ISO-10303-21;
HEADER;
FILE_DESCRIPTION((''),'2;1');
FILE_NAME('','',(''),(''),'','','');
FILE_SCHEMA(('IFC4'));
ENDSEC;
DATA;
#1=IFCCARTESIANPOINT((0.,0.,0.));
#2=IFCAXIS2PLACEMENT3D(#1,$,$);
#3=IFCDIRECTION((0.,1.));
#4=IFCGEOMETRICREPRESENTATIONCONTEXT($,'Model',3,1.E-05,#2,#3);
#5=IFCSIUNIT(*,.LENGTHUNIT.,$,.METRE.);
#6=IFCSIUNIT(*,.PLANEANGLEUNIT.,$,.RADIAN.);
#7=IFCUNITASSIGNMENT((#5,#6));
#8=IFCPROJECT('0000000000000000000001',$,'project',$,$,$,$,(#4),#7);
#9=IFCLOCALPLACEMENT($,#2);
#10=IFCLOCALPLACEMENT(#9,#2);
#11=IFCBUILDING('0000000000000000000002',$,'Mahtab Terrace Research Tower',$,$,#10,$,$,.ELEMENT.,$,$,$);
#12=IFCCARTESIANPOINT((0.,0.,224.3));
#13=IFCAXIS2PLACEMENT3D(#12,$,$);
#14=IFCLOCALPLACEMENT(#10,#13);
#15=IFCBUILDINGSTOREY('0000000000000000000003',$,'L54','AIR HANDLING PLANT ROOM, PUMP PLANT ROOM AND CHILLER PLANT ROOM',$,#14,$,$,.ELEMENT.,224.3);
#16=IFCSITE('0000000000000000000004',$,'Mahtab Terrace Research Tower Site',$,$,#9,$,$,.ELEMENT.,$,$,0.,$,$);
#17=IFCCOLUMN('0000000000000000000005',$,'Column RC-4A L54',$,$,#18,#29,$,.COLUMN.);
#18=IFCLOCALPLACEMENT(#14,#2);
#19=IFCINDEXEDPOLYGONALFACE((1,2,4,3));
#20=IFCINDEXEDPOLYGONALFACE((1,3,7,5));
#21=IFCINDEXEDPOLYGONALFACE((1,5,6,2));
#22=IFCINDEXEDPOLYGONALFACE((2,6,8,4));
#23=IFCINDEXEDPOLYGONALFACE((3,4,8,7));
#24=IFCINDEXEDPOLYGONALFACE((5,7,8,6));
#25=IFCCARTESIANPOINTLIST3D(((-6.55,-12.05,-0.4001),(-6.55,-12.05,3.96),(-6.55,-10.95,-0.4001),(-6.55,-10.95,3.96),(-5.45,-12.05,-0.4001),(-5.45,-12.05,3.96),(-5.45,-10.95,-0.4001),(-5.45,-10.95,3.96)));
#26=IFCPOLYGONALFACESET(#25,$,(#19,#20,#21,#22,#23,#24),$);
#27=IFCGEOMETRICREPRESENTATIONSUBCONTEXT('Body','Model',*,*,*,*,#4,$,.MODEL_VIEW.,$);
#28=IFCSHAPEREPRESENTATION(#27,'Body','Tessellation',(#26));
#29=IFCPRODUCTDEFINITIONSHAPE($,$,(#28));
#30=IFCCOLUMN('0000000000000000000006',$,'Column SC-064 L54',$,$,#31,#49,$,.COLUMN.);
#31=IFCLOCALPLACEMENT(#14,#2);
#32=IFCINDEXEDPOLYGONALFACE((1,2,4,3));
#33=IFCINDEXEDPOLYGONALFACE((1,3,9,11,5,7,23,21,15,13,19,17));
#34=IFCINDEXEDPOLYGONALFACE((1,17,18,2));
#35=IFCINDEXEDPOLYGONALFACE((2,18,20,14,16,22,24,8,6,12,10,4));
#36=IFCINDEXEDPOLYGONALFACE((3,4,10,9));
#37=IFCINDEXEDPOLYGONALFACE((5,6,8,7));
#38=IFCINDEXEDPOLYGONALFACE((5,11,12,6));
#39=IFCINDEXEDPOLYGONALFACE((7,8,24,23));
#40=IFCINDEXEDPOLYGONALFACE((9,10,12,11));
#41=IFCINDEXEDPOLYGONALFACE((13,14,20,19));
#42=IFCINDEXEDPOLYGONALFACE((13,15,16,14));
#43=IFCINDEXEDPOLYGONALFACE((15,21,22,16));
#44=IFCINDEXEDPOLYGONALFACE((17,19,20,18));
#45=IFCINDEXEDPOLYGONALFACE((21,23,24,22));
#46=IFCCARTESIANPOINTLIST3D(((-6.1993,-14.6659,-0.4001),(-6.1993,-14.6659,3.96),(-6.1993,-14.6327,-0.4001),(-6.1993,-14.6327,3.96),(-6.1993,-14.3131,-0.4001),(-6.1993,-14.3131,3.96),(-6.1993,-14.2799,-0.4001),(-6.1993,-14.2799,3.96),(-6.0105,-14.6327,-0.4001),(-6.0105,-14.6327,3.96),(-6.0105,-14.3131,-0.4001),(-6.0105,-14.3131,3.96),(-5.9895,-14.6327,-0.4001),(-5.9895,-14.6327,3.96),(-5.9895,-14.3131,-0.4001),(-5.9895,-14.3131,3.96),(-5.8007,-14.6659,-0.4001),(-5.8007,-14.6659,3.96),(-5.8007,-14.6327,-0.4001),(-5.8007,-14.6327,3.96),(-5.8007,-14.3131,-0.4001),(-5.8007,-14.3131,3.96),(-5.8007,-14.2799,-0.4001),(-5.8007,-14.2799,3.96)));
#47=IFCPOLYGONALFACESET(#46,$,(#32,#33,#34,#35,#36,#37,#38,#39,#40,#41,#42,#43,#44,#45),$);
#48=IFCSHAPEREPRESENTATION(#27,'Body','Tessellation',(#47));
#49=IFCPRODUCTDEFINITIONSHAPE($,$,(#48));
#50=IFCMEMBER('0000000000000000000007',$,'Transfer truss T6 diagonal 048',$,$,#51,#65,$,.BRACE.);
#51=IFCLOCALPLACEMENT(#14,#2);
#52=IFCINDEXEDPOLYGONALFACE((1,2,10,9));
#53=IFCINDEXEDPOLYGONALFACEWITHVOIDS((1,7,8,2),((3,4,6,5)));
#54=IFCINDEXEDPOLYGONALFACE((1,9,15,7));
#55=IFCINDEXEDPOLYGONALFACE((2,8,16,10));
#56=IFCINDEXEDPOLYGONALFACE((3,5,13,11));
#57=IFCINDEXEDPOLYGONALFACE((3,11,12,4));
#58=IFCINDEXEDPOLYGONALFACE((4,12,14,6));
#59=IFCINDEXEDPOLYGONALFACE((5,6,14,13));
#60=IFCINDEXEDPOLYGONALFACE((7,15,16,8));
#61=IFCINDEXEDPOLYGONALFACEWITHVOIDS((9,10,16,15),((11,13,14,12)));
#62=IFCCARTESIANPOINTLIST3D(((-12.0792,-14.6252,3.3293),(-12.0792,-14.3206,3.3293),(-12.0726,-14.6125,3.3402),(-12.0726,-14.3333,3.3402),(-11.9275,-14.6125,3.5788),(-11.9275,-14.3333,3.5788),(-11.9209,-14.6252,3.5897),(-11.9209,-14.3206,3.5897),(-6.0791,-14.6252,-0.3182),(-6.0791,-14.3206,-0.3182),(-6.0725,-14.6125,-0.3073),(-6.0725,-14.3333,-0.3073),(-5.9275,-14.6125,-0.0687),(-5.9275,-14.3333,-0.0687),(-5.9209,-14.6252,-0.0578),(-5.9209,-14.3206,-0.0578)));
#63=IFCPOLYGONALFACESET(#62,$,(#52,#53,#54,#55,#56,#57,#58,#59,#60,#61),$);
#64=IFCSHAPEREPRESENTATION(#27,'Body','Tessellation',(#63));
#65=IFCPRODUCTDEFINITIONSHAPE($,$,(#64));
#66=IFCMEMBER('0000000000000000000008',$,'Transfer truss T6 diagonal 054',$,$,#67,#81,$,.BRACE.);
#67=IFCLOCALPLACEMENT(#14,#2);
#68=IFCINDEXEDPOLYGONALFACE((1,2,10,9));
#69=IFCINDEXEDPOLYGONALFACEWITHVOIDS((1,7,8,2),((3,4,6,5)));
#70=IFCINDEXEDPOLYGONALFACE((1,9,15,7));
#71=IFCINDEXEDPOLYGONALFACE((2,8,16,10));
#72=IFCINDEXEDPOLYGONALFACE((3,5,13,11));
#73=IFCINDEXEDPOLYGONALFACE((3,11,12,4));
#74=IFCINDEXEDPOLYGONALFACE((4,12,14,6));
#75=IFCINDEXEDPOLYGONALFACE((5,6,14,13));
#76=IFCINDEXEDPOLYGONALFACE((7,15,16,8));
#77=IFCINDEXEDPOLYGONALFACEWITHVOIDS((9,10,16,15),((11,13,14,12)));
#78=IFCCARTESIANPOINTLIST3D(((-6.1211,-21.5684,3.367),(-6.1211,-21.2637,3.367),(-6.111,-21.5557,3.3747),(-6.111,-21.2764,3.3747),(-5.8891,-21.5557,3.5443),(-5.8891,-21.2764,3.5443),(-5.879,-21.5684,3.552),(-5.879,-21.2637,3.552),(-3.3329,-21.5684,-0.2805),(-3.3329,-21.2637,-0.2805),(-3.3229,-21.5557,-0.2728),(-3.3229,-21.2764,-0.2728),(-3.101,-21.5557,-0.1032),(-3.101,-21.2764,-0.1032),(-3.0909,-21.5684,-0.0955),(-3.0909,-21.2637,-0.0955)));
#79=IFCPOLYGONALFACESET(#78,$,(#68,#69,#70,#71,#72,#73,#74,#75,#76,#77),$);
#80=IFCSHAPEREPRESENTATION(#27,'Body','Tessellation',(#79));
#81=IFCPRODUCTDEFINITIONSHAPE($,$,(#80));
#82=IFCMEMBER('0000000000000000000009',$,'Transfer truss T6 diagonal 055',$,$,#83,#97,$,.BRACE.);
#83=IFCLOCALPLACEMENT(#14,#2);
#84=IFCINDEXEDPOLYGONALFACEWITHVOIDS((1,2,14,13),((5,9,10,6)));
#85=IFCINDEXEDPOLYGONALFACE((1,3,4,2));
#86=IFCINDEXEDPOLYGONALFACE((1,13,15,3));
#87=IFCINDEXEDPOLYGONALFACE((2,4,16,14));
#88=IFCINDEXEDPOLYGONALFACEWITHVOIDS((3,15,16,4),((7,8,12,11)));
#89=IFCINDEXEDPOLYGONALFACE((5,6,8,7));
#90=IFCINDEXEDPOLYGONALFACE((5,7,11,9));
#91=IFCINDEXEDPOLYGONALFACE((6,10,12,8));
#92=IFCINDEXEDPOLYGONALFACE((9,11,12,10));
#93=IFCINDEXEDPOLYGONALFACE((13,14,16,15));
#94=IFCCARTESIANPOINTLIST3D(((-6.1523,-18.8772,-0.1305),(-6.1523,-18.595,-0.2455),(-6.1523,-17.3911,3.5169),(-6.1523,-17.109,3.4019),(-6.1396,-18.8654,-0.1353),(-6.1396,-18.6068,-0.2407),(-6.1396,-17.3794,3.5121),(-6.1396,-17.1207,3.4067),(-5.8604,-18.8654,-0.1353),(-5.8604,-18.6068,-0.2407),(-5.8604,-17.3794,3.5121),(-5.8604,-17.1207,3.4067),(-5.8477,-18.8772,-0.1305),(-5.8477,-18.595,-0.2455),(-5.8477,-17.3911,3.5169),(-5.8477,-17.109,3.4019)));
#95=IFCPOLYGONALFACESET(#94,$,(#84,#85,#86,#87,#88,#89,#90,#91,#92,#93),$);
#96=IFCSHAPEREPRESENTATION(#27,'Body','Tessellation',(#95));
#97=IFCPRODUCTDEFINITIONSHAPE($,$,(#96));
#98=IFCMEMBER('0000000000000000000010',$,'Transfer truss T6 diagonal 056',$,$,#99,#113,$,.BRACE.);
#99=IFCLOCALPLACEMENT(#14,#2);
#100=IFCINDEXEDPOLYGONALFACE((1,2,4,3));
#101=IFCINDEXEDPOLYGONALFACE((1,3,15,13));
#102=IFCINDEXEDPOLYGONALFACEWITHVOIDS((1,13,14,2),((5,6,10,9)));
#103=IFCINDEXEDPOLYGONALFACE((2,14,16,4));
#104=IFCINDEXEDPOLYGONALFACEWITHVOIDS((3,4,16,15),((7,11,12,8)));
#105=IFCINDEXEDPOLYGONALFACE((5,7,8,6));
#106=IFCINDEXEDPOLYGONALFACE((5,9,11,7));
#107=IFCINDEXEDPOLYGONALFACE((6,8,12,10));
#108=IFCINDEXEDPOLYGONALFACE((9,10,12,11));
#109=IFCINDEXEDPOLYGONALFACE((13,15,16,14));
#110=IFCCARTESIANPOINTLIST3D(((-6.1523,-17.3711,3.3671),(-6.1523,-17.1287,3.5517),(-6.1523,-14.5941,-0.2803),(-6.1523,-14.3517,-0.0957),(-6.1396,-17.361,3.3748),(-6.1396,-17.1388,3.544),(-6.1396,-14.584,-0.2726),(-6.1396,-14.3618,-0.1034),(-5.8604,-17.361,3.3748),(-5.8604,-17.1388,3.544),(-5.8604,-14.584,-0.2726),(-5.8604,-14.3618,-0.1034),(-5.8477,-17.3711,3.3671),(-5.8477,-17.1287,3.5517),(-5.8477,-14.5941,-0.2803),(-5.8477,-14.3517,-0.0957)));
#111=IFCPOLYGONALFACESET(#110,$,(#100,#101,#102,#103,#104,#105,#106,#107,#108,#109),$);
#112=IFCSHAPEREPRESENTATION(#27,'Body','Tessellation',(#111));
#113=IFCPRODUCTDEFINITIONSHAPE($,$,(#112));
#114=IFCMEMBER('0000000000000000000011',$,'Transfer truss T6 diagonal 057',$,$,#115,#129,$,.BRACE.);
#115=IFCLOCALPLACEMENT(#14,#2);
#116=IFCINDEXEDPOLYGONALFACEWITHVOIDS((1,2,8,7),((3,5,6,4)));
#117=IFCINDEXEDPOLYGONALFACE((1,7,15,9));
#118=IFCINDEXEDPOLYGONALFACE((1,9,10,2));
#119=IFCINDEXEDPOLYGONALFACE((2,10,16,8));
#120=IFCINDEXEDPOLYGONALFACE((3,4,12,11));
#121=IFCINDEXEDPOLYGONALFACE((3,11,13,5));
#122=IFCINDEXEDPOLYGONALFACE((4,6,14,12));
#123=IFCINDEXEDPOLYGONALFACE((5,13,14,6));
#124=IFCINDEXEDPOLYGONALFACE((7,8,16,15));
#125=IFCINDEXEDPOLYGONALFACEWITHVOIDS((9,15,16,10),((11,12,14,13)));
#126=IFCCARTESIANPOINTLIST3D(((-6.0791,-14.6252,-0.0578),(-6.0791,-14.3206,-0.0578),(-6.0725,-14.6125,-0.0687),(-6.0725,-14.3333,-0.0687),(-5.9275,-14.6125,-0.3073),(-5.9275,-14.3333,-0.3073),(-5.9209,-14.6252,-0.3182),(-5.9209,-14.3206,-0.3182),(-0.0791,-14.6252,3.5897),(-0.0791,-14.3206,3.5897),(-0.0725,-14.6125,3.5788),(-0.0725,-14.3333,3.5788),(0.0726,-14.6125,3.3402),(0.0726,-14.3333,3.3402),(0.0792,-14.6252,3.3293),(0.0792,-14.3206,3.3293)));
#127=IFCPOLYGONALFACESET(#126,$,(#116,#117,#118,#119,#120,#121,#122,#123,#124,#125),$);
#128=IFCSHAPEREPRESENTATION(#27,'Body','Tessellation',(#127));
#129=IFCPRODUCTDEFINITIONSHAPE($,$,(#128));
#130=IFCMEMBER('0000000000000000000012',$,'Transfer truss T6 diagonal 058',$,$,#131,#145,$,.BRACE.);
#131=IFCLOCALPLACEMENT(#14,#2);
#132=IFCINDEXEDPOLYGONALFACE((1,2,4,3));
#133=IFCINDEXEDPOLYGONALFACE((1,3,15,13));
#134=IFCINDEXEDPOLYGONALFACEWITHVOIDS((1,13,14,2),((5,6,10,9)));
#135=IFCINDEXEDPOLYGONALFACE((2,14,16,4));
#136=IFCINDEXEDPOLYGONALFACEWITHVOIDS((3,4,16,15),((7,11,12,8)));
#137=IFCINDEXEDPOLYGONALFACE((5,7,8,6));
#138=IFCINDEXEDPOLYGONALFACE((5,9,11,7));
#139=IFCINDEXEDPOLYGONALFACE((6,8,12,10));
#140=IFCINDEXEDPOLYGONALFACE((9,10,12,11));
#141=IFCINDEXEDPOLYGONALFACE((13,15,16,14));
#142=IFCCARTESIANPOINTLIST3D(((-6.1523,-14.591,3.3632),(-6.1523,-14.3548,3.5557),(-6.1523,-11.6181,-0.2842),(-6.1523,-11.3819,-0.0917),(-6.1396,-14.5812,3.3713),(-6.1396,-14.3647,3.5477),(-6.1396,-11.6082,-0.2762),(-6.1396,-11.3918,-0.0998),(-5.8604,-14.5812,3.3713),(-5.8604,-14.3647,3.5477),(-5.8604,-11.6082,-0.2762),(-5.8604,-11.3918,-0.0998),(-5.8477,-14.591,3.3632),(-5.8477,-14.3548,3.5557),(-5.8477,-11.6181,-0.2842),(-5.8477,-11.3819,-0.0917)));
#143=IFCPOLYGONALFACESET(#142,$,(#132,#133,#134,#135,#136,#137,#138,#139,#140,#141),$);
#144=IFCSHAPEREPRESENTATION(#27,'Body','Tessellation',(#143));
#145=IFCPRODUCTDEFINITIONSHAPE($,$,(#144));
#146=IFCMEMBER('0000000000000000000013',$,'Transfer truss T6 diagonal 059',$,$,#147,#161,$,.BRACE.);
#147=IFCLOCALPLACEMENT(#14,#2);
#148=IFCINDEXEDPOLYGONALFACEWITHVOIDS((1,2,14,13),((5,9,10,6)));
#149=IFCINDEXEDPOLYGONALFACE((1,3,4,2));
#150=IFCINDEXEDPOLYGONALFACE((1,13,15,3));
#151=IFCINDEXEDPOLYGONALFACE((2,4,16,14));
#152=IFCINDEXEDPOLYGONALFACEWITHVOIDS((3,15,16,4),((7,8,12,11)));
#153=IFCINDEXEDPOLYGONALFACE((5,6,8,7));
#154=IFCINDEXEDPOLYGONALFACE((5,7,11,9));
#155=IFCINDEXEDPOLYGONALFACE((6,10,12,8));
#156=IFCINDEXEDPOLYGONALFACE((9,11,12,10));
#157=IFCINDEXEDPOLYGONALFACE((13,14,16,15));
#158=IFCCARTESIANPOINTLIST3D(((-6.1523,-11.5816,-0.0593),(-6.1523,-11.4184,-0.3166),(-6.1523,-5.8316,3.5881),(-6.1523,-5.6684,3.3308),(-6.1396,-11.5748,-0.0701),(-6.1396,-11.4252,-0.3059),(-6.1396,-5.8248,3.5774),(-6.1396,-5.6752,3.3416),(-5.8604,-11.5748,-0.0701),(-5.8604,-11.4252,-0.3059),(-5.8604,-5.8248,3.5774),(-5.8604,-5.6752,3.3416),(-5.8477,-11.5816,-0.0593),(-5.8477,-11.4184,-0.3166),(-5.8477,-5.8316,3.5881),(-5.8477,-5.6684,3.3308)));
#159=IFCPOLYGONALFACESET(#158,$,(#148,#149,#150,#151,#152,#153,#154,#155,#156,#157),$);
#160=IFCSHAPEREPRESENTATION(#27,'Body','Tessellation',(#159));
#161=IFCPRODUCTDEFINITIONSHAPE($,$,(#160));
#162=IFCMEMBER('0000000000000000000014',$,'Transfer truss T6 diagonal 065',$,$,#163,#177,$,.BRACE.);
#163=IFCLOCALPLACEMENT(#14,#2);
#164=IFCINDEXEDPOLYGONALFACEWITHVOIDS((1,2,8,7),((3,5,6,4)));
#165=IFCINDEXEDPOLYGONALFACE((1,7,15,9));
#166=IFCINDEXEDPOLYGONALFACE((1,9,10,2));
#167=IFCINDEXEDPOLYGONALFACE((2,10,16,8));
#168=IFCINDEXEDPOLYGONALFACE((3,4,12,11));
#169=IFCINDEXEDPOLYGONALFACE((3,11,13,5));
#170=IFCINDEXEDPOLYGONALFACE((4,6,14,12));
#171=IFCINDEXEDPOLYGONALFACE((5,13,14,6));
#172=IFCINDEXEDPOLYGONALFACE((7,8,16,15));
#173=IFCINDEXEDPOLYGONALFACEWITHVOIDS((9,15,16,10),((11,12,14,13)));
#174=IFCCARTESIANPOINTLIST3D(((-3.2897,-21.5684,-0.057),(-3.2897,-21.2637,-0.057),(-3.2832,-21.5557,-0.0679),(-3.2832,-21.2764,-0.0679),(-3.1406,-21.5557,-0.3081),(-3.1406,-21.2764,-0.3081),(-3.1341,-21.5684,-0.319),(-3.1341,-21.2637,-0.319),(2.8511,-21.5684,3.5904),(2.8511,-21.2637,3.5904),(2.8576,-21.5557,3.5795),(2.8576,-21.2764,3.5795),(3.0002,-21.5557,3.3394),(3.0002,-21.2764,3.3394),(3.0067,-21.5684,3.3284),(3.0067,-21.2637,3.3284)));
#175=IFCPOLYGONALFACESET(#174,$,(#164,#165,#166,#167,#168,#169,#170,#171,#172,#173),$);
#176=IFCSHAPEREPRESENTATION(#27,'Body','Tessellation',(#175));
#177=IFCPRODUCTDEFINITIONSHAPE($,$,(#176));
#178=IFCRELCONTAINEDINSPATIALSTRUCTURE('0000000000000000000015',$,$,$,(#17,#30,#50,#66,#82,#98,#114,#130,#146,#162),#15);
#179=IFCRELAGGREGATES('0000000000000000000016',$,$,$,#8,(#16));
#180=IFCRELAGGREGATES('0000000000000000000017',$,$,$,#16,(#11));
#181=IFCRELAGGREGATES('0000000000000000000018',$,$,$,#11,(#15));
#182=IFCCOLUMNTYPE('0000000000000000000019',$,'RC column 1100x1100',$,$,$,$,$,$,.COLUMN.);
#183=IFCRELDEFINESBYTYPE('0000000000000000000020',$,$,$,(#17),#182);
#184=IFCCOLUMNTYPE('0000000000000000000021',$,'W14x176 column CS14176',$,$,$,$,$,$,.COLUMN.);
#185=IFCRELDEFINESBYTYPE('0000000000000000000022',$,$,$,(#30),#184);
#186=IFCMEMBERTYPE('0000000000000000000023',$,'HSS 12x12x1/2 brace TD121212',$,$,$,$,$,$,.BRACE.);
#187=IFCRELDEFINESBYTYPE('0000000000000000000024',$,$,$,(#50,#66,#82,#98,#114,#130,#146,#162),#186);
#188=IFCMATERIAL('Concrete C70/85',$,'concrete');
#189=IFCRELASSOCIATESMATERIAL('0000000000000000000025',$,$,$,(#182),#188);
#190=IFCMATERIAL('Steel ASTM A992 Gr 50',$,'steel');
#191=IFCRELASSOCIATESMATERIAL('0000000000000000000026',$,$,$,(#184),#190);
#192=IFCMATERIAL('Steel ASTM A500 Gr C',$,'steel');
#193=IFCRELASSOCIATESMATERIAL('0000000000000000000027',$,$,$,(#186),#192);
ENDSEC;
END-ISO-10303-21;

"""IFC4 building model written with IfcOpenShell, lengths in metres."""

from ifc_helpers import new_model, si_unit, direction, frame, origin, origin_2d, place, context, subcontext, project, spatial, rectangle, hollow_rectangle, i_section, extrude, material, material_profile, profile_set, type_object, element, save


model = new_model("IFC4")

# Units and contexts
model_context = context("Model", 3, precision=1e-05, world=origin(), true_north=direction((0.0, 1.0)))
body_context = subcontext(model_context, "Body", "Model", "MODEL_VIEW")
ifc_project = project(units=[si_unit("LENGTHUNIT", "METRE"), si_unit("PLANEANGLEUNIT", "RADIAN")], contexts=[model_context])

# Site, building, storey
site_placement = place(None, origin())
site = spatial("IfcSite", under=ifc_project, at=site_placement, Name="Mahtab Terrace Research Tower Site", CompositionType="ELEMENT", RefElevation=0.0)
building_placement = place(site_placement, origin())
building = spatial("IfcBuilding", under=site, at=building_placement, Name="Mahtab Terrace Research Tower", CompositionType="ELEMENT")
storey_placement = place(building_placement, frame((0.0, 0.0, 224.3)))
storey = spatial("IfcBuildingStorey", under=building, at=storey_placement, Name="L54", Description="AIR HANDLING PLANT ROOM, PUMP PLANT ROOM AND CHILLER PLANT ROOM", CompositionType="ELEMENT", Elevation=224.3)

# Columns
ifc_material_1 = material(Name="Concrete C70/85", Category="concrete")
ifc_material_profile_1 = material_profile(ifc_material_1, rectangle(XDim=1.1001, YDim=1.1001, at=origin_2d()), Name="RC column 1100x1100")
ifc_profile_set_1 = profile_set([ifc_material_profile_1], Name="Concrete C70/85")
column_type_1 = type_object("IfcColumnType", Name="RC column 1100x1100", PredefinedType="COLUMN", material=ifc_profile_set_1)
column_1_placement = place(storey_placement, frame((-6.0, -11.5, -0.4001), z_axis=(0.0, 0.0, 1.0), x_axis=(1.0, 0.0, 0.0)))
element("IfcColumn", 1, at=column_1_placement, inside=storey, type_object=column_type_1, Name="Column RC-4A L54", PredefinedType="COLUMN", context=body_context, shape_type="SweptSolid", body=[
    extrude(rectangle(XDim=1.1001, YDim=1.1001, at=origin_2d()), origin(), (0.0, 0.0, 1.0), 4.3601),
])
ifc_material_2 = material(Name="Steel ASTM A992 Gr 50", Category="steel")
ifc_material_profile_2 = material_profile(ifc_material_2, i_section(OverallWidth=0.3987, OverallDepth=0.386, WebThickness=0.021, FlangeThickness=0.0332, at=origin_2d()), Name="W14X176")
ifc_profile_set_2 = profile_set([ifc_material_profile_2], Name="Steel ASTM A992 Gr 50")
column_type_2 = type_object("IfcColumnType", Name="W14x176 column CS14176", PredefinedType="COLUMN", material=ifc_profile_set_2)
column_2_placement = place(storey_placement, frame((-6.0, -14.4729, -0.4001), z_axis=(0.0, 0.0, 1.0), x_axis=(1.0, 0.0, 0.0)))
element("IfcColumn", 2, at=column_2_placement, inside=storey, type_object=column_type_2, Name="Column SC-064 L54", PredefinedType="COLUMN", context=body_context, shape_type="SweptSolid", body=[
    extrude(i_section(OverallWidth=0.3987, OverallDepth=0.386, WebThickness=0.021, FlangeThickness=0.0332, at=origin_2d()), origin(), (0.0, 0.0, 1.0), 4.3601),
])

# Members
ifc_material_3 = material(Name="Steel ASTM A500 Gr C", Category="steel")
ifc_material_profile_3 = material_profile(ifc_material_3, hollow_rectangle(XDim=0.3047, YDim=0.3047, WallThickness=0.0127, at=origin_2d()), Name="HSS12X12X1/2")
ifc_profile_set_3 = profile_set([ifc_material_profile_3], Name="Steel ASTM A500 Gr C")
member_type_1 = type_object("IfcMemberType", Name="HSS 12x12x1/2 brace TD121212", PredefinedType="BRACE", material=ifc_profile_set_3)
member_1_placement = place(storey_placement, frame((-6.0, -14.4729, -0.188), z_axis=(-0.854497, 0.0, 0.519457), x_axis=(0.0, -1.0, 0.0)))
element("IfcMember", 3, at=member_1_placement, inside=storey, type_object=member_type_1, Name="Transfer truss T6 diagonal 048", PredefinedType="BRACE", context=body_context, shape_type="SweptSolid", body=[
    extrude(hollow_rectangle(XDim=0.3047, YDim=0.3047, WallThickness=0.0127, at=origin_2d()), origin(), (0.0, 0.0, 1.0), 7.0217),
])
member_2_placement = place(storey_placement, frame((-3.2119, -21.416, -0.188), z_axis=(-0.607292, 0.0, 0.794479), x_axis=(0.0, -1.0, 0.0)))
element("IfcMember", 4, at=member_2_placement, inside=storey, type_object=member_type_1, Name="Transfer truss T6 diagonal 054", PredefinedType="BRACE", context=body_context, shape_type="SweptSolid", body=[
    extrude(hollow_rectangle(XDim=0.3047, YDim=0.3047, WallThickness=0.0127, at=origin_2d()), origin(), (0.0, 0.0, 1.0), 4.5911),
])
member_3_placement = place(storey_placement, frame((-6.0, -18.7361, -0.188), z_axis=(0.0, 0.377315, 0.926085), x_axis=(-1.0, 0.0, 0.0)))
element("IfcMember", 5, at=member_3_placement, inside=storey, type_object=member_type_1, Name="Transfer truss T6 diagonal 055", PredefinedType="BRACE", context=body_context, shape_type="SweptSolid", body=[
    extrude(hollow_rectangle(XDim=0.3047, YDim=0.3047, WallThickness=0.0127, at=origin_2d()), origin(), (0.0, 0.0, 1.0), 3.9385),
])
member_4_placement = place(storey_placement, frame((-6.0, -14.4729, -0.188), z_axis=(0.0, -0.605778, 0.795633), x_axis=(1.0, 0.0, 0.0)))
element("IfcMember", 6, at=member_4_placement, inside=storey, type_object=member_type_1, Name="Transfer truss T6 diagonal 056", PredefinedType="BRACE", context=body_context, shape_type="SweptSolid", body=[
    extrude(hollow_rectangle(XDim=0.3047, YDim=0.3047, WallThickness=0.0127, at=origin_2d()), origin(), (0.0, 0.0, 1.0), 4.5842),
])
member_5_placement = place(storey_placement, frame((-6.0, -14.4729, -0.188), z_axis=(0.854497, 0.0, 0.519457), x_axis=(0.0, 1.0, 0.0)))
element("IfcMember", 7, at=member_5_placement, inside=storey, type_object=member_type_1, Name="Transfer truss T6 diagonal 057", PredefinedType="BRACE", context=body_context, shape_type="SweptSolid", body=[
    extrude(hollow_rectangle(XDim=0.3047, YDim=0.3047, WallThickness=0.0127, at=origin_2d()), origin(), (0.0, 0.0, 1.0), 7.0217),
])
member_6_placement = place(storey_placement, frame((-6.0, -11.5, -0.188), z_axis=(0.0, -0.631787, 0.775142), x_axis=(1.0, 0.0, 0.0)))
element("IfcMember", 8, at=member_6_placement, inside=storey, type_object=member_type_1, Name="Transfer truss T6 diagonal 058", PredefinedType="BRACE", context=body_context, shape_type="SweptSolid", body=[
    extrude(hollow_rectangle(XDim=0.3047, YDim=0.3047, WallThickness=0.0127, at=origin_2d()), origin(), (0.0, 0.0, 1.0), 4.7056),
])
member_7_placement = place(storey_placement, frame((-6.0, -11.5, -0.188), z_axis=(0.0, 0.844434, 0.535659), x_axis=(-1.0, 0.0, 0.0)))
element("IfcMember", 9, at=member_7_placement, inside=storey, type_object=member_type_1, Name="Transfer truss T6 diagonal 059", PredefinedType="BRACE", context=body_context, shape_type="SweptSolid", body=[
    extrude(hollow_rectangle(XDim=0.3047, YDim=0.3047, WallThickness=0.0127, at=origin_2d()), origin(), (0.0, 0.0, 1.0), 6.8093),
])
member_8_placement = place(storey_placement, frame((-3.2119, -21.416, -0.188), z_axis=(0.859774, 0.0, 0.510675), x_axis=(0.0, 1.0, 0.0)))
element("IfcMember", 10, at=member_8_placement, inside=storey, type_object=member_type_1, Name="Transfer truss T6 diagonal 065", PredefinedType="BRACE", context=body_context, shape_type="SweptSolid", body=[
    extrude(hollow_rectangle(XDim=0.3047, YDim=0.3047, WallThickness=0.0127, at=origin_2d()), origin(), (0.0, 0.0, 1.0), 7.1423),
])

save(model, "model.ifc")
